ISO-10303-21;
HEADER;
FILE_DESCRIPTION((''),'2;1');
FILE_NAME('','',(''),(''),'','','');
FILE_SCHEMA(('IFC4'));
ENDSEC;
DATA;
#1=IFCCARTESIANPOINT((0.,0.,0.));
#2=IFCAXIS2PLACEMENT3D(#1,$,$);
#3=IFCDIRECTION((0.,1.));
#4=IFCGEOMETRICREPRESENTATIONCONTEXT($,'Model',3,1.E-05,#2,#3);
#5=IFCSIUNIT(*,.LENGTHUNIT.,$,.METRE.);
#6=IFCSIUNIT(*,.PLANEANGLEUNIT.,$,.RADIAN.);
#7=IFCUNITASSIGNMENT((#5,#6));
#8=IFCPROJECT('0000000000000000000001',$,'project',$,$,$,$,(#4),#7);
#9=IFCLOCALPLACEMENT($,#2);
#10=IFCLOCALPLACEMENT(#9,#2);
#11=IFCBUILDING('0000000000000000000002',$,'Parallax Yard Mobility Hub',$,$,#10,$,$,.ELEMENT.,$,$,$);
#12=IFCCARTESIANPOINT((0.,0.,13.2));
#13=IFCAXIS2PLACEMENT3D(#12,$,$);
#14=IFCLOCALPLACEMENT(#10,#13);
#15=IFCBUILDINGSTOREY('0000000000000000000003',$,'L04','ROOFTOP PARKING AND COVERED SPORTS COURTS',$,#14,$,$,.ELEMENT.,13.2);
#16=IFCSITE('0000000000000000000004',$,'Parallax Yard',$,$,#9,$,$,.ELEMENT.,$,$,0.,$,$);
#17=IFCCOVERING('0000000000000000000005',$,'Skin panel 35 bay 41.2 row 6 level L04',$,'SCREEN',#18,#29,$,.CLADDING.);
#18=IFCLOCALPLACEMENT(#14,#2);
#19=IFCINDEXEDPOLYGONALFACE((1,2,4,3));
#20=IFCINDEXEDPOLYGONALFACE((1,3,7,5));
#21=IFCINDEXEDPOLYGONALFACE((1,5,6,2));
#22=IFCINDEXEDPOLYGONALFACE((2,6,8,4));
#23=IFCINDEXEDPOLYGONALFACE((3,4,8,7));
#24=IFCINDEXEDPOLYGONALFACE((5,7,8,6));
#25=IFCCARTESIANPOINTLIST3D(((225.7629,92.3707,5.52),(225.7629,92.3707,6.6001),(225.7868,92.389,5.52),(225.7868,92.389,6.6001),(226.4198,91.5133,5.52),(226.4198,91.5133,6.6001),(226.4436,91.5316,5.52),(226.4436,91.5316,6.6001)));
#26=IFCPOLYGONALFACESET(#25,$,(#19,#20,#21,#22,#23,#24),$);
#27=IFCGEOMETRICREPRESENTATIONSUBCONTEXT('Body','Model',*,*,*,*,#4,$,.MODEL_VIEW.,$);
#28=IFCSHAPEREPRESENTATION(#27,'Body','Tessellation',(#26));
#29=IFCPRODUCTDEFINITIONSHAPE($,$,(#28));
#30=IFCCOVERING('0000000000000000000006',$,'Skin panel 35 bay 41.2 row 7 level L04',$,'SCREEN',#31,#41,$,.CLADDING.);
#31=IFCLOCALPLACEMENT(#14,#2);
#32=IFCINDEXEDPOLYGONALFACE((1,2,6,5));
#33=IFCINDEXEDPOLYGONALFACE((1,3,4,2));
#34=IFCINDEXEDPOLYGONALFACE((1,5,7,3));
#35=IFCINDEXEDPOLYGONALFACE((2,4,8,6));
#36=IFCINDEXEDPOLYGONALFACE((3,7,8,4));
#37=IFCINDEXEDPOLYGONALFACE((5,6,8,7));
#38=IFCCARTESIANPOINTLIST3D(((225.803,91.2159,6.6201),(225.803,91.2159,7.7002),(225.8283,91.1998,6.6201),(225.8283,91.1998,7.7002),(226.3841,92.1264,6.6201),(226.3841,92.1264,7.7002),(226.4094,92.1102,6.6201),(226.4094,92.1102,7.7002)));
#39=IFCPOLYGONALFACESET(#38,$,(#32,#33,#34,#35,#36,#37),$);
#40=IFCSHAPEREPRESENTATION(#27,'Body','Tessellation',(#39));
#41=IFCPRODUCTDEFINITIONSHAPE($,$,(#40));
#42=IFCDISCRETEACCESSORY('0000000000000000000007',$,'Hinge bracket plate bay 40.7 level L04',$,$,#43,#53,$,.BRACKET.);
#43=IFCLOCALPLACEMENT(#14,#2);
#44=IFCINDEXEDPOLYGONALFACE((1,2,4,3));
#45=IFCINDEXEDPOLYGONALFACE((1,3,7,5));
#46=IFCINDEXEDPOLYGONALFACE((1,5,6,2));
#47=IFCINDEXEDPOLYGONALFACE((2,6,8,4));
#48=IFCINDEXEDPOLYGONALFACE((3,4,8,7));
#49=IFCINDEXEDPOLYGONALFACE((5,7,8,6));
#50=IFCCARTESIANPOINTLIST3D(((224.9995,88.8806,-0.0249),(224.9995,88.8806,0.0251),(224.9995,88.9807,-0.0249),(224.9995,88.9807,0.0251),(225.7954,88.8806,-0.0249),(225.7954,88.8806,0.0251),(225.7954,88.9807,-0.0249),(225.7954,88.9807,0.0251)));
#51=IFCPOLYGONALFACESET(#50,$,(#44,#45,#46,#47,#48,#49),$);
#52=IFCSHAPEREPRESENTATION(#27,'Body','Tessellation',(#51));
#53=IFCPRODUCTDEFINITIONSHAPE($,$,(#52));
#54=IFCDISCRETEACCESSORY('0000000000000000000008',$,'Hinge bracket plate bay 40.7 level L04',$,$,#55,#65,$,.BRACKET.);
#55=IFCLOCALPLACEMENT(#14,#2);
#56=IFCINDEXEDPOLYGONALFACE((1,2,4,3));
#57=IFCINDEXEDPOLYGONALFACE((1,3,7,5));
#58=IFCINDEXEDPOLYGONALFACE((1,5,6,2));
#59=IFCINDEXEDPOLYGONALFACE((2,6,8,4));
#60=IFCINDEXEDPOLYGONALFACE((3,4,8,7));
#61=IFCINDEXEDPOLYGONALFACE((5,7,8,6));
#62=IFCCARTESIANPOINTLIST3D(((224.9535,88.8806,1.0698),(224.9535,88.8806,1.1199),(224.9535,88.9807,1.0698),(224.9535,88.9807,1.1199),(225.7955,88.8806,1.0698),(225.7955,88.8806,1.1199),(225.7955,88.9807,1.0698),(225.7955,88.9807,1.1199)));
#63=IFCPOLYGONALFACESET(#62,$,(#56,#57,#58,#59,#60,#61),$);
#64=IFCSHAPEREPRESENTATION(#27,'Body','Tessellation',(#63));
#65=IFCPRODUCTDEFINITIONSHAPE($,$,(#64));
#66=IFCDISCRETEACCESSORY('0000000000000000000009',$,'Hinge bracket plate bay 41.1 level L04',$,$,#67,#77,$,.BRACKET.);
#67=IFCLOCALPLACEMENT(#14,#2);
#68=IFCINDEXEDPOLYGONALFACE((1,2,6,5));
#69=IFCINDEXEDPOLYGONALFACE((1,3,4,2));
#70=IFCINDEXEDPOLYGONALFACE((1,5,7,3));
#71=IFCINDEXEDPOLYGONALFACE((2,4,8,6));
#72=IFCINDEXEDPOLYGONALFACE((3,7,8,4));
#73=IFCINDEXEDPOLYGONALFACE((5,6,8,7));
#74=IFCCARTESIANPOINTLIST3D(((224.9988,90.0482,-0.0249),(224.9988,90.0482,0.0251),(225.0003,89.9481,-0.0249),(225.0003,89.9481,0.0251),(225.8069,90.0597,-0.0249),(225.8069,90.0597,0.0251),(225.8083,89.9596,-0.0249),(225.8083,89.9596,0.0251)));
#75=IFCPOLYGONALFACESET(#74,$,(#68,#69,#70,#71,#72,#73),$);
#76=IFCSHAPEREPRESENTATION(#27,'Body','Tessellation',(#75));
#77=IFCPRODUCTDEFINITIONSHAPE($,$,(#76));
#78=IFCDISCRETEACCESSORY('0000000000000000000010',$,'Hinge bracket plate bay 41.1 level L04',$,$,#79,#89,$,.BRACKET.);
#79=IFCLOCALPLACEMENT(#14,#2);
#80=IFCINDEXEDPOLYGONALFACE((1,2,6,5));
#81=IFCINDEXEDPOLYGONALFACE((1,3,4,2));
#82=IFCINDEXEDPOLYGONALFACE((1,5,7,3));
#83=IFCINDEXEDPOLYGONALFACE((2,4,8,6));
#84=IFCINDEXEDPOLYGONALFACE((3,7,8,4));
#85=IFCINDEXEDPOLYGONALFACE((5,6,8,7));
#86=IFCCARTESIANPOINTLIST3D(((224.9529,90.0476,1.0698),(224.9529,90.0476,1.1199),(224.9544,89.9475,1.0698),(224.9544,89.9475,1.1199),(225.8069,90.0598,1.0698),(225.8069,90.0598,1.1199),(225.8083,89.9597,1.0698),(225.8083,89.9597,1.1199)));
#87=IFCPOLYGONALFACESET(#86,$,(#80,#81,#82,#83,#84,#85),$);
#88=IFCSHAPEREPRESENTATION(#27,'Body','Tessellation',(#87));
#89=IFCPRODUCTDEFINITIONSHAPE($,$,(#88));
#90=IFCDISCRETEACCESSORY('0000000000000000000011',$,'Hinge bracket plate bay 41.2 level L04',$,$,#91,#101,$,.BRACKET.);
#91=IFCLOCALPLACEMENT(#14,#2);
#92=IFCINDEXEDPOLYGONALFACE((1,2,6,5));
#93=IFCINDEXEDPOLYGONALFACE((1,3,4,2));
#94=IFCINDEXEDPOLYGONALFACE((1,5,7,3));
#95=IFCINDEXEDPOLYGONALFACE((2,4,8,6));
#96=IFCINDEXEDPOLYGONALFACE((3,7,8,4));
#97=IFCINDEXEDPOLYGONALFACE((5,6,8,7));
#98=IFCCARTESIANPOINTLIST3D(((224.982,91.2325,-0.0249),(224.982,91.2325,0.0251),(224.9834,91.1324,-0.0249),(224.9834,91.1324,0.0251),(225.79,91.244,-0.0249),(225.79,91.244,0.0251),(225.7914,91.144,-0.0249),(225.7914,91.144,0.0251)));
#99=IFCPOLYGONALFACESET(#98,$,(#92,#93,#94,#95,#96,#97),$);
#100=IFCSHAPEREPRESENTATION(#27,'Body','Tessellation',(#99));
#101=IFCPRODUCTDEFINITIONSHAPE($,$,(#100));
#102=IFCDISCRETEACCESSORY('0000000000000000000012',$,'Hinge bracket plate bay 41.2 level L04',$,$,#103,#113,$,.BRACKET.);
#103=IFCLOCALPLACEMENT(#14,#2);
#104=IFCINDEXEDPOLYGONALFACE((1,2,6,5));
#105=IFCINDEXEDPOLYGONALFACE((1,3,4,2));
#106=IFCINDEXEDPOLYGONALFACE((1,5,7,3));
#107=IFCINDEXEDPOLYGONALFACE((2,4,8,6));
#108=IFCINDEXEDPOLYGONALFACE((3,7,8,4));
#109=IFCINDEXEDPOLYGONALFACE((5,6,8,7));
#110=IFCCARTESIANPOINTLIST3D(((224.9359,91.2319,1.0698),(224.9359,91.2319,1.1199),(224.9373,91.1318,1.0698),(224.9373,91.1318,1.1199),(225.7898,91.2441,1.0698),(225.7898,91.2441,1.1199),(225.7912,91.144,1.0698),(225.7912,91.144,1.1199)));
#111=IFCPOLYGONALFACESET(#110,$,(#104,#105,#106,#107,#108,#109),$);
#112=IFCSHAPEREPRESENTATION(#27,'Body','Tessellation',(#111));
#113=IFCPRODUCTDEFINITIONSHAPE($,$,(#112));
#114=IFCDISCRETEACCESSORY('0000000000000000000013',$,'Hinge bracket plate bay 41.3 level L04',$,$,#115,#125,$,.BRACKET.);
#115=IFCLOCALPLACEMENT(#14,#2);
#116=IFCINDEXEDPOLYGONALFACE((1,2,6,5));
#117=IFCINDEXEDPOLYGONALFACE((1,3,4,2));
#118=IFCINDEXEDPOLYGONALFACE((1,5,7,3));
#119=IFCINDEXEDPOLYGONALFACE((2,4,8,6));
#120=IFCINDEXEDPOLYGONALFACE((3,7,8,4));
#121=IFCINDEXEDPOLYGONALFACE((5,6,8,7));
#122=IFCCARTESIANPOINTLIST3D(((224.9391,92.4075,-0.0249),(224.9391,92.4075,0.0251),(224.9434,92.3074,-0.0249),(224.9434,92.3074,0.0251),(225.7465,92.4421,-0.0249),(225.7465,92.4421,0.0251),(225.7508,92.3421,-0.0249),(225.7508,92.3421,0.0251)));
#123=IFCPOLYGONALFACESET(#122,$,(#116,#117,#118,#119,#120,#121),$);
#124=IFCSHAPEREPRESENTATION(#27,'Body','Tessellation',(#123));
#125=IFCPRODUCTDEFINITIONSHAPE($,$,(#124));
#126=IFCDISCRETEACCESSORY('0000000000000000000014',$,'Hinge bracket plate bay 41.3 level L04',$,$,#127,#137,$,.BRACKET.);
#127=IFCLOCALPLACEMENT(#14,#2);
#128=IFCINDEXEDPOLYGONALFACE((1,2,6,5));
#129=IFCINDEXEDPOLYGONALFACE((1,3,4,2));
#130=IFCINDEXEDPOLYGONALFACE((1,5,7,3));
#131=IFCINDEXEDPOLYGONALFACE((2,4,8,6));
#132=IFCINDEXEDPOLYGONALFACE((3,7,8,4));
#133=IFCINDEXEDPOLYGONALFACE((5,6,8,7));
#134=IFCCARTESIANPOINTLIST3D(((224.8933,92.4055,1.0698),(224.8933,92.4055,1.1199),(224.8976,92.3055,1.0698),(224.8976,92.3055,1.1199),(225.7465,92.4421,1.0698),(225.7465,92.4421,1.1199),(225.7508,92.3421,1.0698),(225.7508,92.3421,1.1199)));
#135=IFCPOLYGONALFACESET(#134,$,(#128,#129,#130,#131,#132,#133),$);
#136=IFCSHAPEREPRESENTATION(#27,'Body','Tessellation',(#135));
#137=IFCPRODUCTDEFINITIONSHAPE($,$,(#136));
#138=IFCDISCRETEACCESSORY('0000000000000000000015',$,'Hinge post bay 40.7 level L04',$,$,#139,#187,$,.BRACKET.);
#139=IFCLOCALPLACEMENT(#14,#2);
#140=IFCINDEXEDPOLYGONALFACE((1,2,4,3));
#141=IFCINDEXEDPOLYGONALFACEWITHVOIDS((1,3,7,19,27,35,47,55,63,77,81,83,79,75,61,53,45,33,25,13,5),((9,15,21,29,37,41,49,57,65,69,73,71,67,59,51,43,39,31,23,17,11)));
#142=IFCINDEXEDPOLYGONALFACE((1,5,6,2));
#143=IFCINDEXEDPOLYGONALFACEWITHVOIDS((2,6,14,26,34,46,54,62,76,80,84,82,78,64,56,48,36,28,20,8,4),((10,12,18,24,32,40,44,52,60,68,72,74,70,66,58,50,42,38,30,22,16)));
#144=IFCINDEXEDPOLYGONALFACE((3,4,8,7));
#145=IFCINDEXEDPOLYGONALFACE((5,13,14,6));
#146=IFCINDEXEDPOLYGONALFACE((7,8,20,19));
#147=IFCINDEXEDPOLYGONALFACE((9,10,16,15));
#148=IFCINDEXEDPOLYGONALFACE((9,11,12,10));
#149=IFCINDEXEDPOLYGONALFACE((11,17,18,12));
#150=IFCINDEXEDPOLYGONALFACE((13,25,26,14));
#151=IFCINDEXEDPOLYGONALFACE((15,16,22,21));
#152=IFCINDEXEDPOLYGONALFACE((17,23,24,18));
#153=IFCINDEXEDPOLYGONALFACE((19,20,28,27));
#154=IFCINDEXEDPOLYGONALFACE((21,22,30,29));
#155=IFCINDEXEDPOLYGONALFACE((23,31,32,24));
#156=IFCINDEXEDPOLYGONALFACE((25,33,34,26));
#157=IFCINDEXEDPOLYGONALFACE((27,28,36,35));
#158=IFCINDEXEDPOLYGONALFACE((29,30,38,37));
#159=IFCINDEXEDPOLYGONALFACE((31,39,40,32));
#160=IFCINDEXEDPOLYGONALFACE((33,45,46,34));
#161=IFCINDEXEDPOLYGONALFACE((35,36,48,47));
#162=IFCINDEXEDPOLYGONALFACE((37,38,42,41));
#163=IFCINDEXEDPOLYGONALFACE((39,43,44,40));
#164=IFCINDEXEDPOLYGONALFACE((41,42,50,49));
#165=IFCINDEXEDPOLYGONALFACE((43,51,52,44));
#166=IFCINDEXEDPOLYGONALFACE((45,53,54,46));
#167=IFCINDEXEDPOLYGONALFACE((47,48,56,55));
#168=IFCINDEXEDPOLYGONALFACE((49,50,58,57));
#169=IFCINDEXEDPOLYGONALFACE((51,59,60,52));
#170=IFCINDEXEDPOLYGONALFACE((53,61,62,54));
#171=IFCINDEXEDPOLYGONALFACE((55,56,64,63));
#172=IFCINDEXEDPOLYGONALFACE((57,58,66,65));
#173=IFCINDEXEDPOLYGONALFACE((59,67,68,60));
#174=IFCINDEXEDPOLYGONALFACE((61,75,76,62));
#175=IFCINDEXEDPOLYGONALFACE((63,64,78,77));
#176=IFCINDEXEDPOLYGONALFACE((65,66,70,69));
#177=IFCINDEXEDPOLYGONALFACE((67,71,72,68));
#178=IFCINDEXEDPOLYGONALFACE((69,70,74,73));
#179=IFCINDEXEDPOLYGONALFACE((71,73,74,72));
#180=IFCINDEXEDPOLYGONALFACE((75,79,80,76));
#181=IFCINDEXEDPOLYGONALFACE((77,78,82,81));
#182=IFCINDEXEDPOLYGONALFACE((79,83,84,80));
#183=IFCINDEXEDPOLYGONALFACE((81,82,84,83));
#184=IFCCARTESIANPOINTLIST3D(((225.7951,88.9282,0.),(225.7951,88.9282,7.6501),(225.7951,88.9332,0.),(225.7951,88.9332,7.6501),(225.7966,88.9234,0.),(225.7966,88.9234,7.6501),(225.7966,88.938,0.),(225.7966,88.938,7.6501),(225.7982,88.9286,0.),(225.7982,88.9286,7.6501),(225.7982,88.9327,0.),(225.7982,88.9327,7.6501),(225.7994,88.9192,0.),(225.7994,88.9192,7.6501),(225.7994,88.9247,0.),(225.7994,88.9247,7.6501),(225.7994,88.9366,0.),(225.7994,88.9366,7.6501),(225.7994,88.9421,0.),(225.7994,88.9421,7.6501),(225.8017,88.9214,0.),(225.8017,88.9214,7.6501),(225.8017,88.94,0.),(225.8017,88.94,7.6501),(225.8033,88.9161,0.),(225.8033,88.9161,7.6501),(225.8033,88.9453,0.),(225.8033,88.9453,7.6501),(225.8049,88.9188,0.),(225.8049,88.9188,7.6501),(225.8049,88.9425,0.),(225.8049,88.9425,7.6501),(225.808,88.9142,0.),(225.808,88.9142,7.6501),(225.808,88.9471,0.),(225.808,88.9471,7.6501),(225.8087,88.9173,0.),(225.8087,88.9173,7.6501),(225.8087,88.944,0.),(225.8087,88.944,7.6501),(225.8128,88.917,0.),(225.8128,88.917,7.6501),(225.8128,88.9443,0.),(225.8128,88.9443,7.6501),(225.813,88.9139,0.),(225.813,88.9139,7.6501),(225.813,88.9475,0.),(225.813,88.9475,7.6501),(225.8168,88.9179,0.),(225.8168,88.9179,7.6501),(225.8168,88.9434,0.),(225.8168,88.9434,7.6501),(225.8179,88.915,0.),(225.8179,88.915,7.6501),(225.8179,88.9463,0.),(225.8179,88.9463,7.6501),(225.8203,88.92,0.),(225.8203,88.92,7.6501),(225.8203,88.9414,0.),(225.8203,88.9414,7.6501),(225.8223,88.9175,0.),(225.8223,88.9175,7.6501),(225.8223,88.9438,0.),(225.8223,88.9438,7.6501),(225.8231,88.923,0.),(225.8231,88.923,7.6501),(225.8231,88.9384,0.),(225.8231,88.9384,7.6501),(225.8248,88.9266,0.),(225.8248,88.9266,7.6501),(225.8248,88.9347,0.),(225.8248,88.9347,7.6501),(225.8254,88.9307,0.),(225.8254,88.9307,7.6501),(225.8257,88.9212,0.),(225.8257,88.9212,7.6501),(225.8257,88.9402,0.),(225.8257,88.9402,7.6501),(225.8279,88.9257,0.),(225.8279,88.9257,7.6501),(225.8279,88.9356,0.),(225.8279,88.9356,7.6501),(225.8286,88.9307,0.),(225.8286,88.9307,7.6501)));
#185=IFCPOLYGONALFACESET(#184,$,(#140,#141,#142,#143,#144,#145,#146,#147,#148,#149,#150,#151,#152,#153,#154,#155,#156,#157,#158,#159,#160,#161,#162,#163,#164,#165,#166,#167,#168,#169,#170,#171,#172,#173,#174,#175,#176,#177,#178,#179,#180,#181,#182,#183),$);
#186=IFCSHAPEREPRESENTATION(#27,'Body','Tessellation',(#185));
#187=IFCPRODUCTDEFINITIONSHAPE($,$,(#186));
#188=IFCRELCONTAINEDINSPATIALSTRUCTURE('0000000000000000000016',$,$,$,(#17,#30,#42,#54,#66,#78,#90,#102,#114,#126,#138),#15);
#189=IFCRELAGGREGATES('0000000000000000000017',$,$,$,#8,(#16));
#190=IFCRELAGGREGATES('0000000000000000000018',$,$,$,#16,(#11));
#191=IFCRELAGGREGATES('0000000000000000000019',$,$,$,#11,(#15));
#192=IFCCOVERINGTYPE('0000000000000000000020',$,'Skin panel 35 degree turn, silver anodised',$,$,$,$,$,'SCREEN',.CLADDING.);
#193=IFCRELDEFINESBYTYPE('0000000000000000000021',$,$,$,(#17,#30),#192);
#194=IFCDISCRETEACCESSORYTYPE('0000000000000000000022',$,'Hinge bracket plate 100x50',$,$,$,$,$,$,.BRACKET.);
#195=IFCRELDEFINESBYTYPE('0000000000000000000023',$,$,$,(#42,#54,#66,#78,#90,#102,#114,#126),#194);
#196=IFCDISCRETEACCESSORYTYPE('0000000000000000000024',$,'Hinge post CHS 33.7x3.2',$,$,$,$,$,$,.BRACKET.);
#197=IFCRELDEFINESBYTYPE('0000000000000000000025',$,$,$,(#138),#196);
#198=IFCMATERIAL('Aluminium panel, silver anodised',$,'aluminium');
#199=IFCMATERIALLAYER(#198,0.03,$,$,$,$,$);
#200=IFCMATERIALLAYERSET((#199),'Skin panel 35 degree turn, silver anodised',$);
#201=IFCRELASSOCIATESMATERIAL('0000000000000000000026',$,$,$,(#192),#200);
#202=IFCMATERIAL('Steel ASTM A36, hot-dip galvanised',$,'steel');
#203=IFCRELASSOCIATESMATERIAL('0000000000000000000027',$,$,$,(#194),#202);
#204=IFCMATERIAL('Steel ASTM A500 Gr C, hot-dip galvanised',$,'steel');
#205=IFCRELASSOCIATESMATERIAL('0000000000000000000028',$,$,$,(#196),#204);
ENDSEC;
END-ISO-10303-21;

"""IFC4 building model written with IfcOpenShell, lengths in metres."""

from ifc_helpers import new_model, si_unit, direction, frame, origin, origin_2d, place, context, subcontext, project, spatial, rectangle, hollow_circle, extrude, material, layer, layer_set, material_profile, profile_set, type_object, element, save


model = new_model("IFC4")

# Units and contexts
model_context = context("Model", 3, precision=1e-05, world=origin(), true_north=direction((0.0, 1.0)))
body_context = subcontext(model_context, "Body", "Model", "MODEL_VIEW")
ifc_project = project(units=[si_unit("LENGTHUNIT", "METRE"), si_unit("PLANEANGLEUNIT", "RADIAN")], contexts=[model_context])

# Site, building, storey
site_placement = place(None, origin())
site = spatial("IfcSite", under=ifc_project, at=site_placement, Name="Parallax Yard", CompositionType="ELEMENT", RefElevation=0.0)
building_placement = place(site_placement, origin())
building = spatial("IfcBuilding", under=site, at=building_placement, Name="Parallax Yard Mobility Hub", CompositionType="ELEMENT")
storey_placement = place(building_placement, frame((0.0, 0.0, 13.2)))
storey = spatial("IfcBuildingStorey", under=building, at=storey_placement, Name="L04", Description="ROOFTOP PARKING AND COVERED SPORTS COURTS", CompositionType="ELEMENT", Elevation=13.2)

# Coverings
ifc_material_1 = material(Name="Aluminium panel, silver anodised", Category="aluminium")
ifc_layer_1 = layer(ifc_material_1, 0.03)
ifc_layer_set_1 = layer_set([ifc_layer_1], Name="Skin panel 35 degree turn, silver anodised")
covering_type_1 = type_object("IfcCoveringType", Name="Skin panel 35 degree turn, silver anodised", ElementType="SCREEN", PredefinedType="CLADDING", material=ifc_layer_set_1)
for number, where, z_axis, x_axis, name in (
    (1, (226.1033, 91.9512, 5.52), (0.0, 0.0, 1.0), (0.608131, -0.793837, 0.0), "Skin panel 35 bay 41.2 row 6 level L04"),
    (2, (226.1062, 91.6631, 6.6201), (0.0, 0.0, 1.0), (0.537969, 0.842964, 0.0), "Skin panel 35 bay 41.2 row 7 level L04"),
):
    element("IfcCovering", number, at=place(storey_placement, frame(where, z_axis=z_axis, x_axis=x_axis)), inside=storey, type_object=covering_type_1, Name=name, ObjectType="SCREEN", PredefinedType="CLADDING", context=body_context, shape_type="SweptSolid", body=[
        extrude(rectangle(XDim=1.0801, YDim=0.03, at=origin_2d()), origin(), (0.0, 0.0, 1.0), 1.0801),
    ])

# Discrete accessories
ifc_material_2 = material(Name="Steel ASTM A36, hot-dip galvanised", Category="steel")
discrete_accessory_type_1 = type_object("IfcDiscreteAccessoryType", Name="Hinge bracket plate 100x50", PredefinedType="BRACKET", material=ifc_material_2)
discrete_accessory_1_placement = place(storey_placement, frame((225.3975, 88.9307, -0.0249), z_axis=(0.0, 0.0, 1.0), x_axis=(1.0, 0.0, 0.0)))
element("IfcDiscreteAccessory", 3, at=discrete_accessory_1_placement, inside=storey, type_object=discrete_accessory_type_1, Name="Hinge bracket plate bay 40.7 level L04", PredefinedType="BRACKET", context=body_context, shape_type="SweptSolid", body=[
    extrude(rectangle(XDim=0.7959, YDim=0.1001, at=origin_2d()), origin(), (0.0, 0.0, 1.0), 0.05),
])
discrete_accessory_2_placement = place(storey_placement, frame((225.3745, 88.9307, 1.0698), z_axis=(0.0, 0.0, 1.0), x_axis=(1.0, 0.0, 0.0)))
element("IfcDiscreteAccessory", 4, at=discrete_accessory_2_placement, inside=storey, type_object=discrete_accessory_type_1, Name="Hinge bracket plate bay 40.7 level L04", PredefinedType="BRACKET", context=body_context, shape_type="SweptSolid", body=[
    extrude(rectangle(XDim=0.842, YDim=0.1001, at=origin_2d()), origin(), (0.0, 0.0, 1.0), 0.05),
])
discrete_accessory_3_placement = place(storey_placement, frame((225.4036, 90.0039, -0.0249), z_axis=(0.0, 0.0, 1.0), x_axis=(0.999898, 0.01428, 0.0)))
element("IfcDiscreteAccessory", 5, at=discrete_accessory_3_placement, inside=storey, type_object=discrete_accessory_type_1, Name="Hinge bracket plate bay 41.1 level L04", PredefinedType="BRACKET", context=body_context, shape_type="SweptSolid", body=[
    extrude(rectangle(XDim=0.8081, YDim=0.1001, at=origin_2d()), origin(), (0.0, 0.0, 1.0), 0.05),
])
discrete_accessory_4_placement = place(storey_placement, frame((225.3806, 90.0037, 1.0698), z_axis=(0.0, 0.0, 1.0), x_axis=(0.999898, 0.01428, 0.0)))
element("IfcDiscreteAccessory", 6, at=discrete_accessory_4_placement, inside=storey, type_object=discrete_accessory_type_1, Name="Hinge bracket plate bay 41.1 level L04", PredefinedType="BRACKET", context=body_context, shape_type="SweptSolid", body=[
    extrude(rectangle(XDim=0.854, YDim=0.1001, at=origin_2d()), origin(), (0.0, 0.0, 1.0), 0.05),
])
discrete_accessory_5_placement = place(storey_placement, frame((225.3867, 91.1882, -0.0249), z_axis=(0.0, 0.0, 1.0), x_axis=(0.999898, 0.01428, 0.0)))
element("IfcDiscreteAccessory", 7, at=discrete_accessory_5_placement, inside=storey, type_object=discrete_accessory_type_1, Name="Hinge bracket plate bay 41.2 level L04", PredefinedType="BRACKET", context=body_context, shape_type="SweptSolid", body=[
    extrude(rectangle(XDim=0.8081, YDim=0.1001, at=origin_2d()), origin(), (0.0, 0.0, 1.0), 0.05),
])
discrete_accessory_6_placement = place(storey_placement, frame((225.3635, 91.188, 1.0698), z_axis=(0.0, 0.0, 1.0), x_axis=(0.999898, 0.01428, 0.0)))
element("IfcDiscreteAccessory", 8, at=discrete_accessory_6_placement, inside=storey, type_object=discrete_accessory_type_1, Name="Hinge bracket plate bay 41.2 level L04", PredefinedType="BRACKET", context=body_context, shape_type="SweptSolid", body=[
    extrude(rectangle(XDim=0.854, YDim=0.1001, at=origin_2d()), origin(), (0.0, 0.0, 1.0), 0.05),
])
discrete_accessory_7_placement = place(storey_placement, frame((225.345, 92.3748, -0.0249), z_axis=(0.0, 0.0, 1.0), x_axis=(0.999083, 0.042826, 0.0)))
element("IfcDiscreteAccessory", 9, at=discrete_accessory_7_placement, inside=storey, type_object=discrete_accessory_type_1, Name="Hinge bracket plate bay 41.3 level L04", PredefinedType="BRACKET", context=body_context, shape_type="SweptSolid", body=[
    extrude(rectangle(XDim=0.8081, YDim=0.1001, at=origin_2d()), origin(), (0.0, 0.0, 1.0), 0.05),
])
discrete_accessory_8_placement = place(storey_placement, frame((225.322, 92.3738, 1.0698), z_axis=(0.0, 0.0, 1.0), x_axis=(0.999083, 0.042826, 0.0)))
element("IfcDiscreteAccessory", 10, at=discrete_accessory_8_placement, inside=storey, type_object=discrete_accessory_type_1, Name="Hinge bracket plate bay 41.3 level L04", PredefinedType="BRACKET", context=body_context, shape_type="SweptSolid", body=[
    extrude(rectangle(XDim=0.854, YDim=0.1001, at=origin_2d()), origin(), (0.0, 0.0, 1.0), 0.05),
])
ifc_material_3 = material(Name="Steel ASTM A500 Gr C, hot-dip galvanised", Category="steel")
ifc_material_profile = material_profile(ifc_material_3, hollow_circle(Radius=0.0168, WallThickness=0.0032, at=origin_2d()), Name="CHS 33.7x3.2")
ifc_profile_set = profile_set([ifc_material_profile], Name="Steel ASTM A500 Gr C, hot-dip galvanised")
discrete_accessory_type_2 = type_object("IfcDiscreteAccessoryType", Name="Hinge post CHS 33.7x3.2", PredefinedType="BRACKET", material=ifc_profile_set)
for number, where, z_axis, x_axis, name in (
    (11, (225.8118, 88.9307, 0.0), (0.0, 0.0, 1.0), (1.0, 0.0, 0.0), "Hinge post bay 40.7 level L04"),
):
    element("IfcDiscreteAccessory", number, at=place(storey_placement, frame(where, z_axis=z_axis, x_axis=x_axis)), inside=storey, type_object=discrete_accessory_type_2, Name=name, PredefinedType="BRACKET", context=body_context, shape_type="SweptSolid", body=[
        extrude(hollow_circle(Radius=0.0168, WallThickness=0.0032, at=origin_2d()), origin(), (0.0, 0.0, 1.0), 7.6501),
    ])

save(model, "model.ifc")
